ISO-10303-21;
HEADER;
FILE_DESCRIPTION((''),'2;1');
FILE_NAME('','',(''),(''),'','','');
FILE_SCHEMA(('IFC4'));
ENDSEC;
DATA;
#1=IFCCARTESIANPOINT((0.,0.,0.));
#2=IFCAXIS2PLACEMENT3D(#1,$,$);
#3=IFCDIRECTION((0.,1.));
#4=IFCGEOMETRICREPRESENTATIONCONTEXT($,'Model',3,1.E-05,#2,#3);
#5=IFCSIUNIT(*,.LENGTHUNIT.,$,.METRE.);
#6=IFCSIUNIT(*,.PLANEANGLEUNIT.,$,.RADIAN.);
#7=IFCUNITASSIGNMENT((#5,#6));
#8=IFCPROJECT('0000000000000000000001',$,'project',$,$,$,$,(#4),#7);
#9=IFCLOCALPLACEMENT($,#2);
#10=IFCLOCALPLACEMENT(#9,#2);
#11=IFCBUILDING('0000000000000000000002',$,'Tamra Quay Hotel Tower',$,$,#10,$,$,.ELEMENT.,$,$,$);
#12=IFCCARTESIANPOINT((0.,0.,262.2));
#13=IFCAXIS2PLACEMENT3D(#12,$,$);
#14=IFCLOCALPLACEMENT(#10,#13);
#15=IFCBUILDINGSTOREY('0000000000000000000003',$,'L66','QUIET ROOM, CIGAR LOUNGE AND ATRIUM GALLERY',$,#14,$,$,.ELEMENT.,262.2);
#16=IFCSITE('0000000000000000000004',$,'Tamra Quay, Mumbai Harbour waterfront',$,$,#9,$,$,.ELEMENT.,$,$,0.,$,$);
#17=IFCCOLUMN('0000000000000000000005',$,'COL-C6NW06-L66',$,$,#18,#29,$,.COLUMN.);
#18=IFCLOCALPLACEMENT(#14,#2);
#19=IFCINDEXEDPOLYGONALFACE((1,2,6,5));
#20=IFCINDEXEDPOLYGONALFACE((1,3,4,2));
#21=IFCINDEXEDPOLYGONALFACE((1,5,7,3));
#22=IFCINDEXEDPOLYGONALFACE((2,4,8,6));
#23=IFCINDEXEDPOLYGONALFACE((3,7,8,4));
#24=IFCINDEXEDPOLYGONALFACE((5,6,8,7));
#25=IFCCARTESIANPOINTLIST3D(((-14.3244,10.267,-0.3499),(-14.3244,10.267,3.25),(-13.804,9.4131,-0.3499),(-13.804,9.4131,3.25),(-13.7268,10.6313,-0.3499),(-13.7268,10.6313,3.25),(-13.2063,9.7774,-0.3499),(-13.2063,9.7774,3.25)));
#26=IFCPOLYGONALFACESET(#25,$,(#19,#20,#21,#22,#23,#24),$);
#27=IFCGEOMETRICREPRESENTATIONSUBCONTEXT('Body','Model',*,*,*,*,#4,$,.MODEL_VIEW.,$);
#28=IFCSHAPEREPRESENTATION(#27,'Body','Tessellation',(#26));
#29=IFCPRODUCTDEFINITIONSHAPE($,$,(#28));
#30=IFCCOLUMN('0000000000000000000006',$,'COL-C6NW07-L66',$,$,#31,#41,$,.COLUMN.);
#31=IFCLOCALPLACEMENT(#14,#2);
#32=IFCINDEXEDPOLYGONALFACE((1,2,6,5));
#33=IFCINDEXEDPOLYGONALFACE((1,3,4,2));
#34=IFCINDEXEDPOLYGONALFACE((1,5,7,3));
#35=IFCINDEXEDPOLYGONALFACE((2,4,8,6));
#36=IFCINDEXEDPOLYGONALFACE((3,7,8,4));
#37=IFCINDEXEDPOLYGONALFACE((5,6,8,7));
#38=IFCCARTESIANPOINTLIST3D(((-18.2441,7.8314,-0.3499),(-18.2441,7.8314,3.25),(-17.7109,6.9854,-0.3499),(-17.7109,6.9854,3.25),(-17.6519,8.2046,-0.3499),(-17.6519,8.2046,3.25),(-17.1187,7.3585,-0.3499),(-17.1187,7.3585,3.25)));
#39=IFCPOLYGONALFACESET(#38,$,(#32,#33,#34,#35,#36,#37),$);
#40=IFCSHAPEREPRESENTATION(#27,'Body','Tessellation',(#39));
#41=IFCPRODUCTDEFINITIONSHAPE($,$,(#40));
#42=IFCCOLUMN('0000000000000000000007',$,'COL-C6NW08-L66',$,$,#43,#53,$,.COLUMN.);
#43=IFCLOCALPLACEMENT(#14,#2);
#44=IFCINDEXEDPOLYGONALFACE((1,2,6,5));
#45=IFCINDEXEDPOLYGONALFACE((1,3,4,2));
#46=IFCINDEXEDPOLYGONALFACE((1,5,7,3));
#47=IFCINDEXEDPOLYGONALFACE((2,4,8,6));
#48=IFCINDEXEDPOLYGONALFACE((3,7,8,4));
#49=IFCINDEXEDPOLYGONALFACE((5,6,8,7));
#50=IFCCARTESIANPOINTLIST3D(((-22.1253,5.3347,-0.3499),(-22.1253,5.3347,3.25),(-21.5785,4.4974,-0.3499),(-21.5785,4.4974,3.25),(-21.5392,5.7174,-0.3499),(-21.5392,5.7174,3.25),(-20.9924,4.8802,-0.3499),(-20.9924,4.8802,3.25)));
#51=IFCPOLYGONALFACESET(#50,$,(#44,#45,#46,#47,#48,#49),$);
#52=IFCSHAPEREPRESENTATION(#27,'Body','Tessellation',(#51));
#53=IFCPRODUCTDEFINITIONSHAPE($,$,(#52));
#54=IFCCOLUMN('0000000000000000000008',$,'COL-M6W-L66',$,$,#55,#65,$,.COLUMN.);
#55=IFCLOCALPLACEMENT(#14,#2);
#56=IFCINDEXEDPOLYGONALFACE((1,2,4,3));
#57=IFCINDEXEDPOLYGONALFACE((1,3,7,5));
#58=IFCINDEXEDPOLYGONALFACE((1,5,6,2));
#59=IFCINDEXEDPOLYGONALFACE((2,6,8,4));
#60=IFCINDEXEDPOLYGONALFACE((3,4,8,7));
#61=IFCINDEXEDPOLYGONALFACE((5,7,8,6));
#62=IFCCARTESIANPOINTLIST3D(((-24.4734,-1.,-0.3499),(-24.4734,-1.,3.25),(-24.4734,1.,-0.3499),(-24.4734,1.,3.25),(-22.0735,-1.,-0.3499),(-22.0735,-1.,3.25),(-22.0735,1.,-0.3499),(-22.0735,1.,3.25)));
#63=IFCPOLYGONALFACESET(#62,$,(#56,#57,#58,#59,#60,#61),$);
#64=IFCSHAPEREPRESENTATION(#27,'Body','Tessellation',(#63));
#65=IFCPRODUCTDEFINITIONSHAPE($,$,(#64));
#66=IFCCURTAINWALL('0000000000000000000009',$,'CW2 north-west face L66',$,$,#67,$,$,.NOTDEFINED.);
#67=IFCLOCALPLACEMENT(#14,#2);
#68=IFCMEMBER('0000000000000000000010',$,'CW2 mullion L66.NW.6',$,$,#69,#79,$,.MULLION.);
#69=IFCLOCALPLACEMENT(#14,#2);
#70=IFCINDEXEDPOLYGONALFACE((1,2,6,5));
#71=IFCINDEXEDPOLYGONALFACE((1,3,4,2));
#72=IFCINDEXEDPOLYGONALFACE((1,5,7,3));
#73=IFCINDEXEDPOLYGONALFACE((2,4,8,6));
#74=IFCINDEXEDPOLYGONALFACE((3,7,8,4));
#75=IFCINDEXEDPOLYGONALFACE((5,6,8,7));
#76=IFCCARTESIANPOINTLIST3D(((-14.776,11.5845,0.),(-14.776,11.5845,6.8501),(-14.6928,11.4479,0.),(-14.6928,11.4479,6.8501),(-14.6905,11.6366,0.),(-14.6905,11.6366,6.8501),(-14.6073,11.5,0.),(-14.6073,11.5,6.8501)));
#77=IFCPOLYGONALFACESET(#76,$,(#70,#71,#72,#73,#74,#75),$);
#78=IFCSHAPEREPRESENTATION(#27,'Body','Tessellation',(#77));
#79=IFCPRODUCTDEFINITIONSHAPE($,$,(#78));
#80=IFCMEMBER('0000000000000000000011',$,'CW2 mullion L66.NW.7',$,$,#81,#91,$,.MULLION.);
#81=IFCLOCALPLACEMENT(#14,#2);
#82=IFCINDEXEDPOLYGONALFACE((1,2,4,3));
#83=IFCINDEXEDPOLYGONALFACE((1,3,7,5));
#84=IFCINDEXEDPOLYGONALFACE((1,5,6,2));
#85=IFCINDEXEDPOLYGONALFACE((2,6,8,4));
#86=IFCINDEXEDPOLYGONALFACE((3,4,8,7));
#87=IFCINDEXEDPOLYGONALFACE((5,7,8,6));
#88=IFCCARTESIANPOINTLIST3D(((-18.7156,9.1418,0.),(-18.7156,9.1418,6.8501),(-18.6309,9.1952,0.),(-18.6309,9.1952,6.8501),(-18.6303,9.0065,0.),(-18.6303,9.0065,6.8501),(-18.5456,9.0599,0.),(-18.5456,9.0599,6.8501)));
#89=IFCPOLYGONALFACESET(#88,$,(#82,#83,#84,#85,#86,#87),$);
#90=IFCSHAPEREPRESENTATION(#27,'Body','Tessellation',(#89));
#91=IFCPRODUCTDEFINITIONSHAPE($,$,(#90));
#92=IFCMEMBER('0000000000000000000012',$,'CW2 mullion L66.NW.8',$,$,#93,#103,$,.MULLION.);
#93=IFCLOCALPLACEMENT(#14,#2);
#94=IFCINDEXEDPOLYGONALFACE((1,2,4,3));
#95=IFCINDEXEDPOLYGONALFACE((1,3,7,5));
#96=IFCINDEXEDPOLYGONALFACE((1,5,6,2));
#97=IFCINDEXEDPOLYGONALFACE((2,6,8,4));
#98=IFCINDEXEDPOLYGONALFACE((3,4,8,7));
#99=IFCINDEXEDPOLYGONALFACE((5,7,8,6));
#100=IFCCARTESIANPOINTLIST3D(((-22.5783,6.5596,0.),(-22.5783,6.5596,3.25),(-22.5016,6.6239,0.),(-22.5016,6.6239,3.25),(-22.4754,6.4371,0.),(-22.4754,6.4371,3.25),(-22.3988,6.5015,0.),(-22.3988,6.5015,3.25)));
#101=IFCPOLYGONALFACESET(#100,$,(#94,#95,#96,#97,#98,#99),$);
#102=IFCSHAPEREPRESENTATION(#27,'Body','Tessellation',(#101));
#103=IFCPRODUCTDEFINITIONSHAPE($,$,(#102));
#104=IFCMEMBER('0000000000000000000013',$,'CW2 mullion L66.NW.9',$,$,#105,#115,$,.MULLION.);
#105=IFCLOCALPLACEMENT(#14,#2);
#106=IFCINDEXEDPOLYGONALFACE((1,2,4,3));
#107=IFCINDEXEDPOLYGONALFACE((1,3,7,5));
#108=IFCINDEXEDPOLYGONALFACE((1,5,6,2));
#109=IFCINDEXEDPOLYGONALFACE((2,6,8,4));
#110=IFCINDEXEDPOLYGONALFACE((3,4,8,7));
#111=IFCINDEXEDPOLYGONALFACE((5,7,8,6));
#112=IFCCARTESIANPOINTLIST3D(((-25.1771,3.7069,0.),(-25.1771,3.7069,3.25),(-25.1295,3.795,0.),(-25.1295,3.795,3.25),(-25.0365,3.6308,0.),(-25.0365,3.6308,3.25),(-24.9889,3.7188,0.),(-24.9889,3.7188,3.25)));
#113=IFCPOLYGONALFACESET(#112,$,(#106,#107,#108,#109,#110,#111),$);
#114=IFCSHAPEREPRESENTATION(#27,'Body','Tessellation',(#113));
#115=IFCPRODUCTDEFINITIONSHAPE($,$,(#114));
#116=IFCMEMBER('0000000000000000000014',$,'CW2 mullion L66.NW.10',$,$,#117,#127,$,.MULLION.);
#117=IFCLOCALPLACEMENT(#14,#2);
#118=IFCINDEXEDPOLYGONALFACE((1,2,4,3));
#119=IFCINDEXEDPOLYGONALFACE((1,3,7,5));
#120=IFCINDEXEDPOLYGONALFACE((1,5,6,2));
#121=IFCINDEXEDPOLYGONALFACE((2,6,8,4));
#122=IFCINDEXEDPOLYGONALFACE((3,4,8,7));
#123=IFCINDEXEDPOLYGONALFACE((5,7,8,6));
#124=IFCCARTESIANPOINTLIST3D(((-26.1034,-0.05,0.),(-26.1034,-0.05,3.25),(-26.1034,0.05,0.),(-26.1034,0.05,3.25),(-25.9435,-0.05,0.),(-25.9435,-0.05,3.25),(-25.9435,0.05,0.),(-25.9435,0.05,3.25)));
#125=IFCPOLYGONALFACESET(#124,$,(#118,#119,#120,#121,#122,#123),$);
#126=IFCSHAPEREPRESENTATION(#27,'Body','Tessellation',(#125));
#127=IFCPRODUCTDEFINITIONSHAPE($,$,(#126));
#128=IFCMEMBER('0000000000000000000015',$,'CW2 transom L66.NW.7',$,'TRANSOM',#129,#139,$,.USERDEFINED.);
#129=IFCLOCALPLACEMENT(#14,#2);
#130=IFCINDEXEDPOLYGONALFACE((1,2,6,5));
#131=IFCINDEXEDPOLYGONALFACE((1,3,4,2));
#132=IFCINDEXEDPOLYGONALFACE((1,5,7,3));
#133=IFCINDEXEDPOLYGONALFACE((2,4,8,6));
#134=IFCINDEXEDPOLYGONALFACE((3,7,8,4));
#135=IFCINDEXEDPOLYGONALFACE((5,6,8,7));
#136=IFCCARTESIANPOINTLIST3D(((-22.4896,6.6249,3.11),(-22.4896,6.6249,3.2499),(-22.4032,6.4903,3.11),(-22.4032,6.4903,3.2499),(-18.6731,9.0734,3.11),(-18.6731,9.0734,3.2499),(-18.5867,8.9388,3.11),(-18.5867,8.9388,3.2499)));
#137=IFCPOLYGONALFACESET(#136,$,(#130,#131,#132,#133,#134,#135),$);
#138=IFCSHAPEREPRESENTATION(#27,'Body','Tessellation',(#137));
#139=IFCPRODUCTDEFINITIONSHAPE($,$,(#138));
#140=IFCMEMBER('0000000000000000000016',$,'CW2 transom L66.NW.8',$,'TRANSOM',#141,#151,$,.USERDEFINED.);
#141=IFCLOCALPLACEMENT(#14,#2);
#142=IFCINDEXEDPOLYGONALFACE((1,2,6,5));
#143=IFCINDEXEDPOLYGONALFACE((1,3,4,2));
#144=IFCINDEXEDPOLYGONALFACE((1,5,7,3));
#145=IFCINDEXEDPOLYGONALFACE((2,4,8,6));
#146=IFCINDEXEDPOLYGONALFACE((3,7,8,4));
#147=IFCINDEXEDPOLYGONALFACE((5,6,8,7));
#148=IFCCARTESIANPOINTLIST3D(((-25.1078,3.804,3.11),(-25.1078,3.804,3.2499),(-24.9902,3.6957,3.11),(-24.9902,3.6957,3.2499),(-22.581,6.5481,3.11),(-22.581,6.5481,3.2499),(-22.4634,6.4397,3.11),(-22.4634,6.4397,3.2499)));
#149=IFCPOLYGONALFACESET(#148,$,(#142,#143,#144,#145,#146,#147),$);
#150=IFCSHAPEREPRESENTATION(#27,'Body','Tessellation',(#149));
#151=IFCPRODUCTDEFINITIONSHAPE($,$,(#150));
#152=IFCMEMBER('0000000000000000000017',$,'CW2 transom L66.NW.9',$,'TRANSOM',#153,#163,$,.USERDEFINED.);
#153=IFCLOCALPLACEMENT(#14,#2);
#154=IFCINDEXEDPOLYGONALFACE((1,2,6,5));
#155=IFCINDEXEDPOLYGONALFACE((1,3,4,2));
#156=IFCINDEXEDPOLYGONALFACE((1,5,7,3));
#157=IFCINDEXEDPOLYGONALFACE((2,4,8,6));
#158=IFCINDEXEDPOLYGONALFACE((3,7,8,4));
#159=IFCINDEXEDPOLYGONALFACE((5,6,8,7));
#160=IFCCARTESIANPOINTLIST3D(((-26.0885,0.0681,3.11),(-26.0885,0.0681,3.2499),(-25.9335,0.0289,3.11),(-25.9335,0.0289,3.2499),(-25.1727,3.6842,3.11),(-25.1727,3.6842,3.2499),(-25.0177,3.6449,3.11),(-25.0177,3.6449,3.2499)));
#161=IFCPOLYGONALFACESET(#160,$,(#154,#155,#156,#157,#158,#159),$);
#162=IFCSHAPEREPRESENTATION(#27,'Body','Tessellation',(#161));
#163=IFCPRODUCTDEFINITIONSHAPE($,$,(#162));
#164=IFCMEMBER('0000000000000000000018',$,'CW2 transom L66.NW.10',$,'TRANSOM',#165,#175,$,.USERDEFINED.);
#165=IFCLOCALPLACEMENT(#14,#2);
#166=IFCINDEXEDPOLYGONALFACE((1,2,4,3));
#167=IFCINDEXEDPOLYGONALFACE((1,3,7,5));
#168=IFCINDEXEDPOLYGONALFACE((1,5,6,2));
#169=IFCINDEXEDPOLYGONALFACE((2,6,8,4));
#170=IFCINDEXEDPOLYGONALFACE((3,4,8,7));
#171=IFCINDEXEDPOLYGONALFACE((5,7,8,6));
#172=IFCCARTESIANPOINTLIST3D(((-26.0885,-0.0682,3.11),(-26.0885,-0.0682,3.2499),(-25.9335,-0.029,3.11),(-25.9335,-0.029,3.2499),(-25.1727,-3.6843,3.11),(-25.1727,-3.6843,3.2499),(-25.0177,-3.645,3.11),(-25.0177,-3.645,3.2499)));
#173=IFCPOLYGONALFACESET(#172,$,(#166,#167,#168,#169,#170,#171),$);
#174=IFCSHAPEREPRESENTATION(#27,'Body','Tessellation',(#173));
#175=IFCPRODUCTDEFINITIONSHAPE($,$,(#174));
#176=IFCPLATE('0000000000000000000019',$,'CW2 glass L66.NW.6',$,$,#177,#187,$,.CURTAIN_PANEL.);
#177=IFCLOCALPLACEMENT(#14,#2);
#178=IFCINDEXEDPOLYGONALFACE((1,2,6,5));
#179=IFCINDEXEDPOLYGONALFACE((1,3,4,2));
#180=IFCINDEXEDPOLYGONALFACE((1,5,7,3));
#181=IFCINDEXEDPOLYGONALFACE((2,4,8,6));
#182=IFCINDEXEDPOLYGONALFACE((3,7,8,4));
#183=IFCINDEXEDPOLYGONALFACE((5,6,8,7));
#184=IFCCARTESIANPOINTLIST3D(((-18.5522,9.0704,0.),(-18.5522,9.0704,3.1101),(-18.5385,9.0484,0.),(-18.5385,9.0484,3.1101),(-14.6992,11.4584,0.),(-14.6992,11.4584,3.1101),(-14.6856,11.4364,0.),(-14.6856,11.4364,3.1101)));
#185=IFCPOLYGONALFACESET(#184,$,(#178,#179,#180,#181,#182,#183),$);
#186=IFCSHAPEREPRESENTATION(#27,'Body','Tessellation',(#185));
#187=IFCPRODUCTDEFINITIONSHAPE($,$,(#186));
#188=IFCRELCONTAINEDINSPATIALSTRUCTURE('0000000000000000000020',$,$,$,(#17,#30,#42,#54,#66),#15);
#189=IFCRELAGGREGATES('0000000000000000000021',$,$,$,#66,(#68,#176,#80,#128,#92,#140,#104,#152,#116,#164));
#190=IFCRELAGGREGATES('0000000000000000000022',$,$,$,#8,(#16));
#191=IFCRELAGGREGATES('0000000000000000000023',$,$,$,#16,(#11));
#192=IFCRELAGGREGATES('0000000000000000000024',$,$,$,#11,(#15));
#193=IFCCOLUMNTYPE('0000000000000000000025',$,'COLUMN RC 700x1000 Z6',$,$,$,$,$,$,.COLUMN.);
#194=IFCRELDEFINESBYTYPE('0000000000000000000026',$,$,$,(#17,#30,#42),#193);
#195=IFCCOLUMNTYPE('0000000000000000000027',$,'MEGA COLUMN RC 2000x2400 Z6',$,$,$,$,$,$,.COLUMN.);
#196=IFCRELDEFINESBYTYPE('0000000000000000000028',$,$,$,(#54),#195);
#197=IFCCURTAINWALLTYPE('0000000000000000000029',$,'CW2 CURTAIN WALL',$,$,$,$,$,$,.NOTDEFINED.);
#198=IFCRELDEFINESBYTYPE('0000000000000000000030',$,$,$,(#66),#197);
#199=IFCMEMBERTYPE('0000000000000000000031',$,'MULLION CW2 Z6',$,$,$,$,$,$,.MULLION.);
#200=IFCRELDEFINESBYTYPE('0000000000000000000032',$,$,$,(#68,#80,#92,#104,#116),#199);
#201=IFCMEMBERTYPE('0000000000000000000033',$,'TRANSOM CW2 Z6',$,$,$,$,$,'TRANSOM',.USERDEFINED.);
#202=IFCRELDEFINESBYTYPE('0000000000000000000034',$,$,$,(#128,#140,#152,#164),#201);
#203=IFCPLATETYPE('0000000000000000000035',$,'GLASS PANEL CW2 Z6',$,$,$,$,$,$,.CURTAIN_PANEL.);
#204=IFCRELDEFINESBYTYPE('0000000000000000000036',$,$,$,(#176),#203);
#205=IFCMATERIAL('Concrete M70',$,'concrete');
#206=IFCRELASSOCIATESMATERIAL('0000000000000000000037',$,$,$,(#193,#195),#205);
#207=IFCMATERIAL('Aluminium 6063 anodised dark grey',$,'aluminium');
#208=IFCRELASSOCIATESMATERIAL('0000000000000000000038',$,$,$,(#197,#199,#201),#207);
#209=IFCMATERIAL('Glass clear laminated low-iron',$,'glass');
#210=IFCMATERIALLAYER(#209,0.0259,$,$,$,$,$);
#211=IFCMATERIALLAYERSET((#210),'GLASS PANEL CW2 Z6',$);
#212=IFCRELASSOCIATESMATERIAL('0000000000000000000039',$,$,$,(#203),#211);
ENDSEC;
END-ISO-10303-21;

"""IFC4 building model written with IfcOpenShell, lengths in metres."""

from ifc_helpers import new_model, si_unit, direction, frame, origin, origin_2d, place, context, subcontext, project, spatial, rectangle, extrude, material, layer, layer_set, material_profile, profile_set, type_object, element, aggregate, save


model = new_model("IFC4")

# Units and contexts
model_context = context("Model", 3, precision=1e-05, world=origin(), true_north=direction((0.0, 1.0)))
body_context = subcontext(model_context, "Body", "Model", "MODEL_VIEW")
ifc_project = project(units=[si_unit("LENGTHUNIT", "METRE"), si_unit("PLANEANGLEUNIT", "RADIAN")], contexts=[model_context])

# Site, building, storey
site_placement = place(None, origin())
site = spatial("IfcSite", under=ifc_project, at=site_placement, Name="Tamra Quay, Mumbai Harbour waterfront", CompositionType="ELEMENT", RefElevation=0.0)
building_placement = place(site_placement, origin())
building = spatial("IfcBuilding", under=site, at=building_placement, Name="Tamra Quay Hotel Tower", CompositionType="ELEMENT")
storey_placement = place(building_placement, frame((0.0, 0.0, 262.2)))
storey = spatial("IfcBuildingStorey", under=building, at=storey_placement, Name="L66", Description="QUIET ROOM, CIGAR LOUNGE AND ATRIUM GALLERY", CompositionType="ELEMENT", Elevation=262.2)

# Columns
ifc_material_1 = material(Name="Concrete M70", Category="concrete")
ifc_material_profile_1 = material_profile(ifc_material_1, rectangle(XDim=1.0, YDim=0.7, at=origin_2d()), Name="COLUMN RC 700x1000 Z6")
ifc_profile_set_1 = profile_set([ifc_material_profile_1], Name="Concrete M70")
column_type_1 = type_object("IfcColumnType", Name="COLUMN RC 700x1000 Z6", PredefinedType="COLUMN", material=ifc_profile_set_1)
for number, where, z_axis, x_axis, name in (
    (1, (-13.7654, 10.0222, -0.3499), (0.0, 0.0, 1.0), (-0.52043, 0.853904, 0.0), "COL-C6NW06-L66"),
    (2, (-17.6814, 7.595, -0.3499), (0.0, 0.0, 1.0), (-0.533133, 0.846031, 0.0), "COL-C6NW07-L66"),
    (3, (-21.5588, 5.1074, -0.3499), (0.0, 0.0, 1.0), (-0.546805, 0.83726, 0.0), "COL-C6NW08-L66"),
):
    element("IfcColumn", number, at=place(storey_placement, frame(where, z_axis=z_axis, x_axis=x_axis)), inside=storey, type_object=column_type_1, Name=name, PredefinedType="COLUMN", context=body_context, shape_type="SweptSolid", body=[
        extrude(rectangle(XDim=1.0, YDim=0.7, at=origin_2d()), origin(), (0.0, 0.0, 1.0), 3.5999),
    ])
ifc_material_profile_2 = material_profile(ifc_material_1, rectangle(XDim=2.3999, YDim=2.0, at=origin_2d()), Name="MEGA COLUMN RC 2000x2400 Z6")
ifc_profile_set_2 = profile_set([ifc_material_profile_2], Name="Concrete M70")
column_type_2 = type_object("IfcColumnType", Name="MEGA COLUMN RC 2000x2400 Z6", PredefinedType="COLUMN", material=ifc_profile_set_2)
column_placement = place(storey_placement, frame((-23.2734, 0.0, -0.3499), z_axis=(0.0, 0.0, 1.0), x_axis=(1.0, 0.0, 0.0)))
element("IfcColumn", 4, at=column_placement, inside=storey, type_object=column_type_2, Name="COL-M6W-L66", PredefinedType="COLUMN", context=body_context, shape_type="SweptSolid", body=[
    extrude(rectangle(XDim=2.3999, YDim=2.0, at=origin_2d()), origin(), (0.0, 0.0, 1.0), 3.5999),
])

# Curtain wall, members, plate
ifc_material_2 = material(Name="Aluminium 6063 anodised dark grey", Category="aluminium")
curtain_wall_type = type_object("IfcCurtainWallType", Name="CW2 CURTAIN WALL", PredefinedType="NOTDEFINED", material=ifc_material_2)
curtain_wall_placement = place(storey_placement, origin())
curtain_wall = element("IfcCurtainWall", 5, at=curtain_wall_placement, inside=storey, type_object=curtain_wall_type, Name="CW2 north-west face L66", PredefinedType="NOTDEFINED")
ifc_material_profile_3 = material_profile(ifc_material_2, rectangle(XDim=0.1599, YDim=0.1001, at=origin_2d()), Name="MULLION 100X160")
ifc_profile_set_3 = profile_set([ifc_material_profile_3], Name="Aluminium 6063 anodised dark grey")
member_type_1 = type_object("IfcMemberType", Name="MULLION CW2 Z6", PredefinedType="MULLION", material=ifc_profile_set_3)
member_1_placement = place(storey_placement, frame((-14.6917, 11.5422, 0.0), z_axis=(0.0, 0.0, 1.0), x_axis=(-0.52016, 0.854069, 0.0)))
member_1 = element("IfcMember", 6, at=member_1_placement, type_object=member_type_1, Name="CW2 mullion L66.NW.6", PredefinedType="MULLION", context=body_context, shape_type="SweptSolid", body=[
    extrude(rectangle(XDim=0.1599, YDim=0.1001, at=origin_2d()), origin(), (0.0, 0.0, 1.0), 6.8501),
])
member_2_placement = place(storey_placement, frame((-18.6306, 9.1008, 0.0), z_axis=(0.0, 0.0, 1.0), x_axis=(-0.533422, 0.845849, 0.0)))
member_2 = element("IfcMember", 7, at=member_2_placement, type_object=member_type_1, Name="CW2 mullion L66.NW.7", PredefinedType="MULLION", context=body_context, shape_type="SweptSolid", body=[
    extrude(rectangle(XDim=0.1599, YDim=0.1001, at=origin_2d()), origin(), (0.0, 0.0, 1.0), 6.8501),
])
member_3_placement = place(storey_placement, frame((-22.4885, 6.5305, 0.0), z_axis=(0.0, 0.0, 1.0), x_axis=(-0.643086, 0.765794, 0.0)))
member_3 = element("IfcMember", 8, at=member_3_placement, type_object=member_type_1, Name="CW2 mullion L66.NW.8", PredefinedType="MULLION", context=body_context, shape_type="SweptSolid", body=[
    extrude(rectangle(XDim=0.1599, YDim=0.1001, at=origin_2d()), origin(), (0.0, 0.0, 1.0), 3.25),
])
member_4_placement = place(storey_placement, frame((-25.083, 3.7129, 0.0), z_axis=(0.0, 0.0, 1.0), x_axis=(-0.879433, 0.476023, 0.0)))
member_4 = element("IfcMember", 9, at=member_4_placement, type_object=member_type_1, Name="CW2 mullion L66.NW.9", PredefinedType="MULLION", context=body_context, shape_type="SweptSolid", body=[
    extrude(rectangle(XDim=0.1599, YDim=0.1001, at=origin_2d()), origin(), (0.0, 0.0, 1.0), 3.25),
])
member_5_placement = place(storey_placement, frame((-26.0234, 0.0, 0.0), z_axis=(0.0, 0.0, 1.0), x_axis=(-1.0, 0.0, 0.0)))
member_5 = element("IfcMember", 10, at=member_5_placement, type_object=member_type_1, Name="CW2 mullion L66.NW.10", PredefinedType="MULLION", context=body_context, shape_type="SweptSolid", body=[
    extrude(rectangle(XDim=0.1599, YDim=0.1001, at=origin_2d()), origin(), (0.0, 0.0, 1.0), 3.25),
])
ifc_material_profile_4 = material_profile(ifc_material_2, rectangle(XDim=0.1599, YDim=0.1399, at=origin_2d()), Name="TRANSOM 160X140")
ifc_profile_set_4 = profile_set([ifc_material_profile_4], Name="Aluminium 6063 anodised dark grey")
member_type_2 = type_object("IfcMemberType", Name="TRANSOM CW2 Z6", ElementType="TRANSOM", PredefinedType="USERDEFINED", material=ifc_profile_set_4)
member_6_placement = place(storey_placement, frame((-18.6299, 9.0061, 3.1799), z_axis=(-0.841671, -0.53999, 0.0), x_axis=(0.53999, -0.841671, 0.0)))
member_6 = element("IfcMember", 11, at=member_6_placement, type_object=member_type_2, Name="CW2 transom L66.NW.7", ObjectType="TRANSOM", PredefinedType="USERDEFINED", context=body_context, shape_type="SweptSolid", body=[
    extrude(rectangle(XDim=0.1599, YDim=0.1399, at=origin_2d()), origin(), (0.0, 0.0, 1.0), 4.5344),
])
member_7_placement = place(storey_placement, frame((-22.5222, 6.4939, 3.1799), z_axis=(-0.677383, -0.735631, 0.0), x_axis=(0.735631, -0.677383, 0.0)))
member_7 = element("IfcMember", 12, at=member_7_placement, type_object=member_type_2, Name="CW2 transom L66.NW.8", ObjectType="TRANSOM", PredefinedType="USERDEFINED", context=body_context, shape_type="SweptSolid", body=[
    extrude(rectangle(XDim=0.1599, YDim=0.1399, at=origin_2d()), origin(), (0.0, 0.0, 1.0), 3.7302),
])
member_8_placement = place(storey_placement, frame((-25.0952, 3.6646, 3.1799), z_axis=(-0.245507, -0.969395, 0.0), x_axis=(0.969395, -0.245507, 0.0)))
member_8 = element("IfcMember", 13, at=member_8_placement, type_object=member_type_2, Name="CW2 transom L66.NW.9", ObjectType="TRANSOM", PredefinedType="USERDEFINED", context=body_context, shape_type="SweptSolid", body=[
    extrude(rectangle(XDim=0.1599, YDim=0.1399, at=origin_2d()), origin(), (0.0, 0.0, 1.0), 3.7302),
])
member_9_placement = place(storey_placement, frame((-26.011, -0.0486, 3.1799), z_axis=(0.245507, -0.969395, 0.0), x_axis=(0.969395, 0.245507, 0.0)))
member_9 = element("IfcMember", 14, at=member_9_placement, type_object=member_type_2, Name="CW2 transom L66.NW.10", ObjectType="TRANSOM", PredefinedType="USERDEFINED", context=body_context, shape_type="SweptSolid", body=[
    extrude(rectangle(XDim=0.1599, YDim=0.1399, at=origin_2d()), origin(), (0.0, 0.0, 1.0), 3.7302),
])
ifc_material_3 = material(Name="Glass clear laminated low-iron", Category="glass")
ifc_layer_1 = layer(ifc_material_3, 0.0259)
ifc_layer_set_1 = layer_set([ifc_layer_1], Name="GLASS PANEL CW2 Z6")
plate_type = type_object("IfcPlateType", Name="GLASS PANEL CW2 Z6", PredefinedType="CURTAIN_PANEL", material=ifc_layer_set_1)
plate_1_placement = place(storey_placement, frame((-16.6189, 10.2534, 0.0), z_axis=(0.0, 0.0, 1.0), x_axis=(-0.849982, -0.526812, 0.0)))
plate_1 = element("IfcPlate", 15, at=plate_1_placement, type_object=plate_type, Name="CW2 glass L66.NW.6", PredefinedType="CURTAIN_PANEL", context=body_context, shape_type="SweptSolid", body=[
    extrude(rectangle(XDim=4.533, YDim=0.0259, at=origin_2d()), origin(), (0.0, 0.0, 1.0), 3.1101),
])
aggregate(curtain_wall, [member_1, plate_1, member_2, member_6, member_3, member_7, member_4, member_8, member_5, member_9])

save(model, "model.ifc")
